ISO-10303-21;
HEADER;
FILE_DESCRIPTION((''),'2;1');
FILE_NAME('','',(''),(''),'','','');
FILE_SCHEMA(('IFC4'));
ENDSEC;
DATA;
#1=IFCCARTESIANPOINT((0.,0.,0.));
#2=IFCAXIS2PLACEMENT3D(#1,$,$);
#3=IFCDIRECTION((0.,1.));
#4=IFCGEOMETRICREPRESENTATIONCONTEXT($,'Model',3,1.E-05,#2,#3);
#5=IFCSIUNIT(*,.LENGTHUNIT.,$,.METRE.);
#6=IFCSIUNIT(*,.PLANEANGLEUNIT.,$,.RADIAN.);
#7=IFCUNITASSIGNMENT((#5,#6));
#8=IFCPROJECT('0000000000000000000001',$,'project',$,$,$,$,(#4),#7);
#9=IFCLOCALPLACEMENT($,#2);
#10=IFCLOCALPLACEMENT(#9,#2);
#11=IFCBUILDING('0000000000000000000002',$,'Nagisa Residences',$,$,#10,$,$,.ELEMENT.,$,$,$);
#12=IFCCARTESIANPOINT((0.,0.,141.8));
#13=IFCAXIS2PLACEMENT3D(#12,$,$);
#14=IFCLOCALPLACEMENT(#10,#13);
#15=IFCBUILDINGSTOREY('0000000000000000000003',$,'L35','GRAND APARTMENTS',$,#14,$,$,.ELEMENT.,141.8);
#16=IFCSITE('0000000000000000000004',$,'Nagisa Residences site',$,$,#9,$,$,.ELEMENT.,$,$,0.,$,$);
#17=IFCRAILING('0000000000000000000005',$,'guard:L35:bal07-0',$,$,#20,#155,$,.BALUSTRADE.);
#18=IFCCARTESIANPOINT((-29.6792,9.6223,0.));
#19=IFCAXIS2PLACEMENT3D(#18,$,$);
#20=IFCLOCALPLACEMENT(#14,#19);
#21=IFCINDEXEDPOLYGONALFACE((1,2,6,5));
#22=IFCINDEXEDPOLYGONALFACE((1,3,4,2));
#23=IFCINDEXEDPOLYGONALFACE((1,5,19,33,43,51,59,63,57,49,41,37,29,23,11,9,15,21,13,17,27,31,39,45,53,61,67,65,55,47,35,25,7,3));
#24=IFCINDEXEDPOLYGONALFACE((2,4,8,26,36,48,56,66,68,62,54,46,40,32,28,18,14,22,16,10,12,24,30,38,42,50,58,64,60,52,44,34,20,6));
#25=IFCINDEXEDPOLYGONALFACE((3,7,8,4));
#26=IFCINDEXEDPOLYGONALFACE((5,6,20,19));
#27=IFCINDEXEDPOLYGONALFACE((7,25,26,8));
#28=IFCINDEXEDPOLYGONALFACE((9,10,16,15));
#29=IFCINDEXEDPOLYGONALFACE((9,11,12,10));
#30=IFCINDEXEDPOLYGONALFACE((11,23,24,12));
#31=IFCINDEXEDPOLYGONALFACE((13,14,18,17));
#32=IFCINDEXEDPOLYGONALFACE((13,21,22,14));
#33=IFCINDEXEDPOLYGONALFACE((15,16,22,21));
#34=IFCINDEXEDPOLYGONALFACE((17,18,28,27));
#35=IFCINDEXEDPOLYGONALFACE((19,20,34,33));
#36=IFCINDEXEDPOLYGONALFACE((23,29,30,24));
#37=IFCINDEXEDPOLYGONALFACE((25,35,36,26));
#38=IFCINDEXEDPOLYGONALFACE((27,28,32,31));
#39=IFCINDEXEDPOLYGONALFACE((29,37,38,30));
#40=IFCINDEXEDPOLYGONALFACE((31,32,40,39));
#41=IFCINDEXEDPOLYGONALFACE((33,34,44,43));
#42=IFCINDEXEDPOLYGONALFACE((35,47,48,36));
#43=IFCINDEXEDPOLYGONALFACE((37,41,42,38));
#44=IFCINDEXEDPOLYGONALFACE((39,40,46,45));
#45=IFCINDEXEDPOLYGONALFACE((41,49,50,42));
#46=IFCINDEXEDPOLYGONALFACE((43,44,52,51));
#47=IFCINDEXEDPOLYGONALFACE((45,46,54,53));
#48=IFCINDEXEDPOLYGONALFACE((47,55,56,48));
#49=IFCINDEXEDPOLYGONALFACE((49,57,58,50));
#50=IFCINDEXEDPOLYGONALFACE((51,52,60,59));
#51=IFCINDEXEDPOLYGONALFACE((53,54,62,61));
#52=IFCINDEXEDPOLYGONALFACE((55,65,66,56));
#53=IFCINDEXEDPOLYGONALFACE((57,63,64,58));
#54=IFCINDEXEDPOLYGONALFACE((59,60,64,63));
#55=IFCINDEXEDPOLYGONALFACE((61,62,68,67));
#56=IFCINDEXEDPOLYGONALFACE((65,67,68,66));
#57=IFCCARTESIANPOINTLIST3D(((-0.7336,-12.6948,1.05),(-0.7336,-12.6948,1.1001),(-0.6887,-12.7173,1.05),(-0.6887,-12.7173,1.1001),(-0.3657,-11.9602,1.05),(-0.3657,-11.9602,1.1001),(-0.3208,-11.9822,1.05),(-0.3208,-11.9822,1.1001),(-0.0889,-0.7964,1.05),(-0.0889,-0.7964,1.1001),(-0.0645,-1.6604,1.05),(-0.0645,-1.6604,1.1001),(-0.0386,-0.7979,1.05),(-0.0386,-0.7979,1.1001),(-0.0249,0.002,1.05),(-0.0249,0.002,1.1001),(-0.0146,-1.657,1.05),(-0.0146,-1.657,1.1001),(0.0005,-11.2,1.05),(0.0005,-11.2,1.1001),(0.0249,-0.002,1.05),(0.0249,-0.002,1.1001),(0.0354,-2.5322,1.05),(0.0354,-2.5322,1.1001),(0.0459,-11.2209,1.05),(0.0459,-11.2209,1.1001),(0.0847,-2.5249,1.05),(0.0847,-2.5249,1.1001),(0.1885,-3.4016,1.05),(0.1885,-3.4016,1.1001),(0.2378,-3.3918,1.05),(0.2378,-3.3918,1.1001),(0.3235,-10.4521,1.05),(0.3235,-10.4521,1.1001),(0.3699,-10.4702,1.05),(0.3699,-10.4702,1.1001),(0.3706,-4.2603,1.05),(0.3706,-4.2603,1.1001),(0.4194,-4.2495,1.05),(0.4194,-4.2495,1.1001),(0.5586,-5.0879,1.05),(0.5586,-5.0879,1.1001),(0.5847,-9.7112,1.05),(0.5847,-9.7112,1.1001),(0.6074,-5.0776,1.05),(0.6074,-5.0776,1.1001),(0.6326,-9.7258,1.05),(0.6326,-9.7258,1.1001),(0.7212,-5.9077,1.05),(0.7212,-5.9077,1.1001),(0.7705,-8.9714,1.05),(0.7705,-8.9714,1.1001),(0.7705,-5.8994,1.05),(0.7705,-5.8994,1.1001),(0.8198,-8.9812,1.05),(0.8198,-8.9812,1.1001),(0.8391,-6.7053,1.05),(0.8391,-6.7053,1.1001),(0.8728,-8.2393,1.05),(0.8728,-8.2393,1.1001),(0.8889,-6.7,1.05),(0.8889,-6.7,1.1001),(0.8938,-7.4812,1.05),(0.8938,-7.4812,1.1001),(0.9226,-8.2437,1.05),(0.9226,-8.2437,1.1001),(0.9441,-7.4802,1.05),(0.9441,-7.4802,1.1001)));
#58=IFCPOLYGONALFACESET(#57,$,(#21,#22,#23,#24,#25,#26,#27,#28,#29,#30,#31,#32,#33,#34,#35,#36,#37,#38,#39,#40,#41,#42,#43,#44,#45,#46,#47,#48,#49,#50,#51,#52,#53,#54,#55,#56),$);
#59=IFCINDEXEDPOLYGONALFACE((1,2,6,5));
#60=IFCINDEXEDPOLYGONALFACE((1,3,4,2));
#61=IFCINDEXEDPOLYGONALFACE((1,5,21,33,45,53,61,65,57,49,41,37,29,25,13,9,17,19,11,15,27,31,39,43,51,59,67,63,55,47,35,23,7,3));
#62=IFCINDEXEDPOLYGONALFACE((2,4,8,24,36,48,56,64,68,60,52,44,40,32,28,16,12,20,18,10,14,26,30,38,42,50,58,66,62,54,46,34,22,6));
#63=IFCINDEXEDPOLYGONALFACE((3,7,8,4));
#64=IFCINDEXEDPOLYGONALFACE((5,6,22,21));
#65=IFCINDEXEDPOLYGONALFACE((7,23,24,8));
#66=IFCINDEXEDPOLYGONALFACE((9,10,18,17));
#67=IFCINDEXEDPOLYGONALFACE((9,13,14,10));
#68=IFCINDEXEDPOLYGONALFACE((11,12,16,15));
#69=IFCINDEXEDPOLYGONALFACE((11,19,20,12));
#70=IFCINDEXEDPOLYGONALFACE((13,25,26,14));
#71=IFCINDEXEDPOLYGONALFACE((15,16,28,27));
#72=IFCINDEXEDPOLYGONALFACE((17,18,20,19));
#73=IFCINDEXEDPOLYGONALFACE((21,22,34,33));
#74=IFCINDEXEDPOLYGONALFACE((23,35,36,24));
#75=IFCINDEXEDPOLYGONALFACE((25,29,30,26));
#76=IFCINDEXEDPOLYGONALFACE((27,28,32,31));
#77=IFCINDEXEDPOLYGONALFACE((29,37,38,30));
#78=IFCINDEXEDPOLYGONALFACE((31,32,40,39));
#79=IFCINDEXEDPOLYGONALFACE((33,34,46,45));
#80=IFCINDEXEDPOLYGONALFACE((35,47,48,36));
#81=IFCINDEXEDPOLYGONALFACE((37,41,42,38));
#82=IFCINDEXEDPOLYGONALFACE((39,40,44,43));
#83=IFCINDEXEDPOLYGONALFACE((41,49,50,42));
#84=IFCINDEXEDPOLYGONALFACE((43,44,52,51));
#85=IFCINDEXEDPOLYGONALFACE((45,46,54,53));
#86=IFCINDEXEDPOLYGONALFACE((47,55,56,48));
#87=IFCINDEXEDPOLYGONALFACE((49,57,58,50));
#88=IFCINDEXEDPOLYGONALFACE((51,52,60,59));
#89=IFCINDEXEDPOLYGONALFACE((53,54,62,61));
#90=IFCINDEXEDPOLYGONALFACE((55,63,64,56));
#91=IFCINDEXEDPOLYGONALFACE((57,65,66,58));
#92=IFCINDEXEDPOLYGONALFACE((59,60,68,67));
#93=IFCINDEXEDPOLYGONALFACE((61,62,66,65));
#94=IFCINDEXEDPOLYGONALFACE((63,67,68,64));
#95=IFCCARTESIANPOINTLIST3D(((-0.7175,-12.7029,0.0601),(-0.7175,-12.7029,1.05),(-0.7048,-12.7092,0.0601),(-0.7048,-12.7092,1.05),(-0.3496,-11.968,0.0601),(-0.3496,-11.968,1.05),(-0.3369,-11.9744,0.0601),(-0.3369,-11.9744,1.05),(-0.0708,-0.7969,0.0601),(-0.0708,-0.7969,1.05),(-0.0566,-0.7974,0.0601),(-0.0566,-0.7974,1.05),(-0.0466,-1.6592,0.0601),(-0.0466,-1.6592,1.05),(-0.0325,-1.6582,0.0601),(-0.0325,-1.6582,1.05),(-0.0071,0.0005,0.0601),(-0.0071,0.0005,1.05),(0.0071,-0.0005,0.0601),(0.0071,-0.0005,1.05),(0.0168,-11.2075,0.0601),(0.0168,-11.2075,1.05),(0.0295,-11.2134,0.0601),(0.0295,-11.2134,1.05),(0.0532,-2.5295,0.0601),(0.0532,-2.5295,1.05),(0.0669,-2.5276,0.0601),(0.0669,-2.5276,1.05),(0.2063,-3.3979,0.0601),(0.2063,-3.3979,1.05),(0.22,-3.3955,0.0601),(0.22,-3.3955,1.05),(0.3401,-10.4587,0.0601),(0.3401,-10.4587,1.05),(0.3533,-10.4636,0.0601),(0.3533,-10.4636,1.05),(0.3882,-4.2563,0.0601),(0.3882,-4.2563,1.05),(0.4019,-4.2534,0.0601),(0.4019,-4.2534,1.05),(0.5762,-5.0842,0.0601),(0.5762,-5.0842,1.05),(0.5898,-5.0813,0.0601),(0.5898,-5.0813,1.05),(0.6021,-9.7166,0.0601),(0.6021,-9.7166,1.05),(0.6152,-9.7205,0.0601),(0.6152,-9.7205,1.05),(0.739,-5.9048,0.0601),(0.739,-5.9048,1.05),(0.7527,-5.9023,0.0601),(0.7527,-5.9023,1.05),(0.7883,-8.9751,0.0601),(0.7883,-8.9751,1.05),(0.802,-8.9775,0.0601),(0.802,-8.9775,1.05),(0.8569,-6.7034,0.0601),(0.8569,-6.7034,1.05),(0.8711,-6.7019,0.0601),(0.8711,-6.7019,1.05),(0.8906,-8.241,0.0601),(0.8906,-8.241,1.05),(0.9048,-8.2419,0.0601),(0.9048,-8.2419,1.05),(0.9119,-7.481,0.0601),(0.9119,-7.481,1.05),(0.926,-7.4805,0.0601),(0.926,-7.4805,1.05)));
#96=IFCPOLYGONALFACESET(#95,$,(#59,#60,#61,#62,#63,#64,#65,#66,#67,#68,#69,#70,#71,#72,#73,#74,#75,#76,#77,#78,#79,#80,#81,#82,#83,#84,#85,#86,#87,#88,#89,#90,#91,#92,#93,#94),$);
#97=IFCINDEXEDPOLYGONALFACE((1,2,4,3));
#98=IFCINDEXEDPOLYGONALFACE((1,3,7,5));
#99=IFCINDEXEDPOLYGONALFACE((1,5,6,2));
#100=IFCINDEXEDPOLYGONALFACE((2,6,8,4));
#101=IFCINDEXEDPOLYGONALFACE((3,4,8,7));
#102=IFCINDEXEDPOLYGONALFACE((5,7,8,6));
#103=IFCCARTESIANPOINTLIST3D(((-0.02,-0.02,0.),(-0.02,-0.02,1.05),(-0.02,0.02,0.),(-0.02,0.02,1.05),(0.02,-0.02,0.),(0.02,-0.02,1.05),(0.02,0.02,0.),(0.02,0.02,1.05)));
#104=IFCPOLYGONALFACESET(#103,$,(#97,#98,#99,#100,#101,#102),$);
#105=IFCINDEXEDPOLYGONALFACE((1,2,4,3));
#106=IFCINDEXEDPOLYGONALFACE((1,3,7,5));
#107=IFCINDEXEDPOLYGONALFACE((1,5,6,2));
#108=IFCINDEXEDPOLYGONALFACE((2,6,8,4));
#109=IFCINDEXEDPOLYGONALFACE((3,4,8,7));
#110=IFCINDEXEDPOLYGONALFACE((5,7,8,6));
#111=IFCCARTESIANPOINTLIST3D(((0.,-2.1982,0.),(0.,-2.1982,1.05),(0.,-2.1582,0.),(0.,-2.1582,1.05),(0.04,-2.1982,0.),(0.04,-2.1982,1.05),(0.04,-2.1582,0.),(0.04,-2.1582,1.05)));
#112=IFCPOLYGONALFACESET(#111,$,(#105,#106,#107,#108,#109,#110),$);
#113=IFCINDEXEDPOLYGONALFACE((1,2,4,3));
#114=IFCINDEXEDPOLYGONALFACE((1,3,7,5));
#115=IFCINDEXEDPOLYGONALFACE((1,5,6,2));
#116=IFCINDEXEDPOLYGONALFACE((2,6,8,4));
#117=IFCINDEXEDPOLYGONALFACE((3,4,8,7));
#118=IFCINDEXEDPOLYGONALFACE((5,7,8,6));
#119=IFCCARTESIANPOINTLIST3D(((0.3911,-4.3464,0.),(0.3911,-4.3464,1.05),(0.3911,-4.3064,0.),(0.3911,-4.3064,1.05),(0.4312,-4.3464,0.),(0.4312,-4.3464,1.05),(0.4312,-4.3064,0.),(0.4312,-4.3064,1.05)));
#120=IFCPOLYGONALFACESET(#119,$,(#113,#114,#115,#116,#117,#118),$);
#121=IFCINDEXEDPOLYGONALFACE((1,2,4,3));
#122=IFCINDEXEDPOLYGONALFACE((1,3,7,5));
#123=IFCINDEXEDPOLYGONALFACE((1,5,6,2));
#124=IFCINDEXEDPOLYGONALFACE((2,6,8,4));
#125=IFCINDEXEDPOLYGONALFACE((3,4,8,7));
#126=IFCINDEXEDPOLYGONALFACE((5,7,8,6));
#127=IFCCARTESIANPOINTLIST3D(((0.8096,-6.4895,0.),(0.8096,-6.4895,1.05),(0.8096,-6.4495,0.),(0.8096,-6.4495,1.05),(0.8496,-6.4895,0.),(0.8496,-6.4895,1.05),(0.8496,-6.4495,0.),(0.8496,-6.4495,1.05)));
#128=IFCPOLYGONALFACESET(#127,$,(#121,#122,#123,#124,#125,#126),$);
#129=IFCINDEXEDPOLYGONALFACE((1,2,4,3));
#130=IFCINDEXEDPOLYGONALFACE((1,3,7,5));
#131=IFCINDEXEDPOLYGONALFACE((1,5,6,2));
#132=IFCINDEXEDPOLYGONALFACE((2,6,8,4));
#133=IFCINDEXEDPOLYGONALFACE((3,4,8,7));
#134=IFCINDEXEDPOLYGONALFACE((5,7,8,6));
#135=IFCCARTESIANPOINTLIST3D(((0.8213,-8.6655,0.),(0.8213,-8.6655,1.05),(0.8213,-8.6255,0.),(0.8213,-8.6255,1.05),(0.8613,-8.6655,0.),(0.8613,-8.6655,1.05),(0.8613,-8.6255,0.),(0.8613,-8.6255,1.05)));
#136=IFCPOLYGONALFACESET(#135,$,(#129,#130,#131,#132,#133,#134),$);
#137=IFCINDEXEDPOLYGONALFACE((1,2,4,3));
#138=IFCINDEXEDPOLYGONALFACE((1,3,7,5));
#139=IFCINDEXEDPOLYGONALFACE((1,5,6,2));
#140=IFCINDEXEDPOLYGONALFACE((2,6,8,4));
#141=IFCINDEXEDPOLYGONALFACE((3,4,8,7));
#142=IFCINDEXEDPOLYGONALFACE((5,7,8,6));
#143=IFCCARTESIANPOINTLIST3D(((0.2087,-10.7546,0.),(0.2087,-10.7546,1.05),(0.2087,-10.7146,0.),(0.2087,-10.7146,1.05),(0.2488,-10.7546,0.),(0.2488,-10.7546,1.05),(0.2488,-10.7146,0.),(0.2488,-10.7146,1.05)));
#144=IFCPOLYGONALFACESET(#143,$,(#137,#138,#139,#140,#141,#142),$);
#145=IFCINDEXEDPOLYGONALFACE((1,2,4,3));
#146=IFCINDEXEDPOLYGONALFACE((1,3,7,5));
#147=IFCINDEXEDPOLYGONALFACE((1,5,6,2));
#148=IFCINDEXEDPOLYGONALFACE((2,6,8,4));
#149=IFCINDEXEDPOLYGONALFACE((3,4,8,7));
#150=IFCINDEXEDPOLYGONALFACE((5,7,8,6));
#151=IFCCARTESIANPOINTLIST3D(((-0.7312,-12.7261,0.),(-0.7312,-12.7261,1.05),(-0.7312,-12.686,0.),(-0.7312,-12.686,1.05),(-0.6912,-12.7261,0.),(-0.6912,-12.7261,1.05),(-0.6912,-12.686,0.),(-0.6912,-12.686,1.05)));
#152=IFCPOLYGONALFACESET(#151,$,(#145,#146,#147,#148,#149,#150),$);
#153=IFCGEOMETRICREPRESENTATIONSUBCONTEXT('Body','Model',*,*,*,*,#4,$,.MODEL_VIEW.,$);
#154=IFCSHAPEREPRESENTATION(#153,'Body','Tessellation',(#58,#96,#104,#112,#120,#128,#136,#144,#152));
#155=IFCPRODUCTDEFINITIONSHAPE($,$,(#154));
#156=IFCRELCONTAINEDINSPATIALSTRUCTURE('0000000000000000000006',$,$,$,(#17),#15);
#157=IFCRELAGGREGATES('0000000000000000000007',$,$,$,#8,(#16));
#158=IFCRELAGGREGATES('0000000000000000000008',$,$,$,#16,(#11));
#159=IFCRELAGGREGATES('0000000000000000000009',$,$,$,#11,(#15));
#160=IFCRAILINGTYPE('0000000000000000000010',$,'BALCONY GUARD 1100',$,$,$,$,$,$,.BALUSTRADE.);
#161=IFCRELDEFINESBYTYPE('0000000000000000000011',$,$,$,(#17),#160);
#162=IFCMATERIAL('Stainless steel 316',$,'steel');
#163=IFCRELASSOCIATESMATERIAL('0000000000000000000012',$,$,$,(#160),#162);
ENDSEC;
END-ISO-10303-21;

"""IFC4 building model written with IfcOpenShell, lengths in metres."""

from ifc_helpers import new_model, si_unit, direction, frame, origin, origin_2d, place, context, subcontext, project, spatial, polyline, rectangle, outline, extrude, material, type_object, element, save


model = new_model("IFC4")

# Units and contexts
model_context = context("Model", 3, precision=1e-05, world=origin(), true_north=direction((0.0, 1.0)))
body_context = subcontext(model_context, "Body", "Model", "MODEL_VIEW")
ifc_project = project(units=[si_unit("LENGTHUNIT", "METRE"), si_unit("PLANEANGLEUNIT", "RADIAN")], contexts=[model_context])

# Site, building, storey
site_placement = place(None, origin())
site = spatial("IfcSite", under=ifc_project, at=site_placement, Name="Nagisa Residences site", CompositionType="ELEMENT", RefElevation=0.0)
building_placement = place(site_placement, origin())
building = spatial("IfcBuilding", under=site, at=building_placement, Name="Nagisa Residences", CompositionType="ELEMENT")
storey_placement = place(building_placement, frame((0.0, 0.0, 141.8)))
storey = spatial("IfcBuildingStorey", under=building, at=storey_placement, Name="L35", Description="GRAND APARTMENTS", CompositionType="ELEMENT", Elevation=141.8)

# Railing
ifc_material_1 = material(Name="Stainless steel 316", Category="steel")
railing_type = type_object("IfcRailingType", Name="BALCONY GUARD 1100", PredefinedType="BALUSTRADE", material=ifc_material_1)
railing_placement = place(storey_placement, frame((-29.6792, 9.6223, 0.0)))
element("IfcRailing", 1, at=railing_placement, inside=storey, type_object=railing_type, Name="guard:L35:bal07-0", PredefinedType="BALUSTRADE", context=body_context, shape_type="SweptSolid", body=[
    extrude(outline(polyline([(-0.0386, -0.7979), (0.0249, -0.002), (-0.0249, 0.002), (-0.0889, -0.7964), (-0.0645, -1.6604), (0.0354, -2.5322), (0.1885, -3.4016), (0.3706, -4.2603), (0.5586, -5.0879), (0.7212, -5.9077), (0.8391, -6.7053), (0.8938, -7.4812), (0.8728, -8.2393), (0.7705, -8.9714), (0.5847, -9.7112), (0.3235, -10.4521), (0.0005, -11.2), (-0.3657, -11.9602), (-0.7336, -12.6948), (-0.6887, -12.7173), (-0.3208, -11.9822), (0.0459, -11.2209), (0.3699, -10.4702), (0.6326, -9.7258), (0.8198, -8.9812), (0.9226, -8.2437), (0.9441, -7.4802), (0.8889, -6.7), (0.7705, -5.8994), (0.6074, -5.0776), (0.4194, -4.2495), (0.2378, -3.3918), (0.0847, -2.5249), (-0.0146, -1.657), (-0.0386, -0.7979)])), frame((0.0, 0.0, 1.05)), (0.0, 0.0, 1.0), 0.05),
    extrude(outline(polyline([(-0.0566, -0.7974), (0.0071, -0.0005), (-0.0071, 0.0005), (-0.0708, -0.7969), (-0.0466, -1.6592), (0.0532, -2.5295), (0.2063, -3.3979), (0.3882, -4.2563), (0.5762, -5.0842), (0.739, -5.9048), (0.8569, -6.7034), (0.9119, -7.481), (0.8906, -8.241), (0.7883, -8.9751), (0.6021, -9.7166), (0.3401, -10.4587), (0.0168, -11.2075), (-0.3496, -11.968), (-0.7175, -12.7029), (-0.7048, -12.7092), (-0.3369, -11.9744), (0.0295, -11.2134), (0.3533, -10.4636), (0.6152, -9.7205), (0.802, -8.9775), (0.9048, -8.2419), (0.926, -7.4805), (0.8711, -6.7019), (0.7527, -5.9023), (0.5898, -5.0813), (0.4019, -4.2534), (0.22, -3.3955), (0.0669, -2.5276), (-0.0325, -1.6582), (-0.0566, -0.7974)])), frame((0.0, 0.0, 0.0601)), (0.0, 0.0, 1.0), 0.99),
    extrude(rectangle(XDim=0.04, YDim=0.04, at=origin_2d()), origin(), (0.0, 0.0, 1.0), 1.05),
    extrude(rectangle(XDim=0.04, YDim=0.04, at=origin_2d()), frame((0.02, -2.1782, 0.0)), (0.0, 0.0, 1.0), 1.05),
    extrude(rectangle(XDim=0.04, YDim=0.04, at=origin_2d()), frame((0.4111, -4.3264, 0.0)), (0.0, 0.0, 1.0), 1.05),
    extrude(rectangle(XDim=0.04, YDim=0.04, at=origin_2d()), frame((0.8296, -6.4695, 0.0)), (0.0, 0.0, 1.0), 1.05),
    extrude(rectangle(XDim=0.04, YDim=0.04, at=origin_2d()), frame((0.8413, -8.6455, 0.0)), (0.0, 0.0, 1.0), 1.05),
    extrude(rectangle(XDim=0.04, YDim=0.04, at=origin_2d()), frame((0.2288, -10.7346, 0.0)), (0.0, 0.0, 1.0), 1.05),
    extrude(rectangle(XDim=0.04, YDim=0.04, at=origin_2d()), frame((-0.7112, -12.7061, 0.0)), (0.0, 0.0, 1.0), 1.05),
])

save(model, "model.ifc")
